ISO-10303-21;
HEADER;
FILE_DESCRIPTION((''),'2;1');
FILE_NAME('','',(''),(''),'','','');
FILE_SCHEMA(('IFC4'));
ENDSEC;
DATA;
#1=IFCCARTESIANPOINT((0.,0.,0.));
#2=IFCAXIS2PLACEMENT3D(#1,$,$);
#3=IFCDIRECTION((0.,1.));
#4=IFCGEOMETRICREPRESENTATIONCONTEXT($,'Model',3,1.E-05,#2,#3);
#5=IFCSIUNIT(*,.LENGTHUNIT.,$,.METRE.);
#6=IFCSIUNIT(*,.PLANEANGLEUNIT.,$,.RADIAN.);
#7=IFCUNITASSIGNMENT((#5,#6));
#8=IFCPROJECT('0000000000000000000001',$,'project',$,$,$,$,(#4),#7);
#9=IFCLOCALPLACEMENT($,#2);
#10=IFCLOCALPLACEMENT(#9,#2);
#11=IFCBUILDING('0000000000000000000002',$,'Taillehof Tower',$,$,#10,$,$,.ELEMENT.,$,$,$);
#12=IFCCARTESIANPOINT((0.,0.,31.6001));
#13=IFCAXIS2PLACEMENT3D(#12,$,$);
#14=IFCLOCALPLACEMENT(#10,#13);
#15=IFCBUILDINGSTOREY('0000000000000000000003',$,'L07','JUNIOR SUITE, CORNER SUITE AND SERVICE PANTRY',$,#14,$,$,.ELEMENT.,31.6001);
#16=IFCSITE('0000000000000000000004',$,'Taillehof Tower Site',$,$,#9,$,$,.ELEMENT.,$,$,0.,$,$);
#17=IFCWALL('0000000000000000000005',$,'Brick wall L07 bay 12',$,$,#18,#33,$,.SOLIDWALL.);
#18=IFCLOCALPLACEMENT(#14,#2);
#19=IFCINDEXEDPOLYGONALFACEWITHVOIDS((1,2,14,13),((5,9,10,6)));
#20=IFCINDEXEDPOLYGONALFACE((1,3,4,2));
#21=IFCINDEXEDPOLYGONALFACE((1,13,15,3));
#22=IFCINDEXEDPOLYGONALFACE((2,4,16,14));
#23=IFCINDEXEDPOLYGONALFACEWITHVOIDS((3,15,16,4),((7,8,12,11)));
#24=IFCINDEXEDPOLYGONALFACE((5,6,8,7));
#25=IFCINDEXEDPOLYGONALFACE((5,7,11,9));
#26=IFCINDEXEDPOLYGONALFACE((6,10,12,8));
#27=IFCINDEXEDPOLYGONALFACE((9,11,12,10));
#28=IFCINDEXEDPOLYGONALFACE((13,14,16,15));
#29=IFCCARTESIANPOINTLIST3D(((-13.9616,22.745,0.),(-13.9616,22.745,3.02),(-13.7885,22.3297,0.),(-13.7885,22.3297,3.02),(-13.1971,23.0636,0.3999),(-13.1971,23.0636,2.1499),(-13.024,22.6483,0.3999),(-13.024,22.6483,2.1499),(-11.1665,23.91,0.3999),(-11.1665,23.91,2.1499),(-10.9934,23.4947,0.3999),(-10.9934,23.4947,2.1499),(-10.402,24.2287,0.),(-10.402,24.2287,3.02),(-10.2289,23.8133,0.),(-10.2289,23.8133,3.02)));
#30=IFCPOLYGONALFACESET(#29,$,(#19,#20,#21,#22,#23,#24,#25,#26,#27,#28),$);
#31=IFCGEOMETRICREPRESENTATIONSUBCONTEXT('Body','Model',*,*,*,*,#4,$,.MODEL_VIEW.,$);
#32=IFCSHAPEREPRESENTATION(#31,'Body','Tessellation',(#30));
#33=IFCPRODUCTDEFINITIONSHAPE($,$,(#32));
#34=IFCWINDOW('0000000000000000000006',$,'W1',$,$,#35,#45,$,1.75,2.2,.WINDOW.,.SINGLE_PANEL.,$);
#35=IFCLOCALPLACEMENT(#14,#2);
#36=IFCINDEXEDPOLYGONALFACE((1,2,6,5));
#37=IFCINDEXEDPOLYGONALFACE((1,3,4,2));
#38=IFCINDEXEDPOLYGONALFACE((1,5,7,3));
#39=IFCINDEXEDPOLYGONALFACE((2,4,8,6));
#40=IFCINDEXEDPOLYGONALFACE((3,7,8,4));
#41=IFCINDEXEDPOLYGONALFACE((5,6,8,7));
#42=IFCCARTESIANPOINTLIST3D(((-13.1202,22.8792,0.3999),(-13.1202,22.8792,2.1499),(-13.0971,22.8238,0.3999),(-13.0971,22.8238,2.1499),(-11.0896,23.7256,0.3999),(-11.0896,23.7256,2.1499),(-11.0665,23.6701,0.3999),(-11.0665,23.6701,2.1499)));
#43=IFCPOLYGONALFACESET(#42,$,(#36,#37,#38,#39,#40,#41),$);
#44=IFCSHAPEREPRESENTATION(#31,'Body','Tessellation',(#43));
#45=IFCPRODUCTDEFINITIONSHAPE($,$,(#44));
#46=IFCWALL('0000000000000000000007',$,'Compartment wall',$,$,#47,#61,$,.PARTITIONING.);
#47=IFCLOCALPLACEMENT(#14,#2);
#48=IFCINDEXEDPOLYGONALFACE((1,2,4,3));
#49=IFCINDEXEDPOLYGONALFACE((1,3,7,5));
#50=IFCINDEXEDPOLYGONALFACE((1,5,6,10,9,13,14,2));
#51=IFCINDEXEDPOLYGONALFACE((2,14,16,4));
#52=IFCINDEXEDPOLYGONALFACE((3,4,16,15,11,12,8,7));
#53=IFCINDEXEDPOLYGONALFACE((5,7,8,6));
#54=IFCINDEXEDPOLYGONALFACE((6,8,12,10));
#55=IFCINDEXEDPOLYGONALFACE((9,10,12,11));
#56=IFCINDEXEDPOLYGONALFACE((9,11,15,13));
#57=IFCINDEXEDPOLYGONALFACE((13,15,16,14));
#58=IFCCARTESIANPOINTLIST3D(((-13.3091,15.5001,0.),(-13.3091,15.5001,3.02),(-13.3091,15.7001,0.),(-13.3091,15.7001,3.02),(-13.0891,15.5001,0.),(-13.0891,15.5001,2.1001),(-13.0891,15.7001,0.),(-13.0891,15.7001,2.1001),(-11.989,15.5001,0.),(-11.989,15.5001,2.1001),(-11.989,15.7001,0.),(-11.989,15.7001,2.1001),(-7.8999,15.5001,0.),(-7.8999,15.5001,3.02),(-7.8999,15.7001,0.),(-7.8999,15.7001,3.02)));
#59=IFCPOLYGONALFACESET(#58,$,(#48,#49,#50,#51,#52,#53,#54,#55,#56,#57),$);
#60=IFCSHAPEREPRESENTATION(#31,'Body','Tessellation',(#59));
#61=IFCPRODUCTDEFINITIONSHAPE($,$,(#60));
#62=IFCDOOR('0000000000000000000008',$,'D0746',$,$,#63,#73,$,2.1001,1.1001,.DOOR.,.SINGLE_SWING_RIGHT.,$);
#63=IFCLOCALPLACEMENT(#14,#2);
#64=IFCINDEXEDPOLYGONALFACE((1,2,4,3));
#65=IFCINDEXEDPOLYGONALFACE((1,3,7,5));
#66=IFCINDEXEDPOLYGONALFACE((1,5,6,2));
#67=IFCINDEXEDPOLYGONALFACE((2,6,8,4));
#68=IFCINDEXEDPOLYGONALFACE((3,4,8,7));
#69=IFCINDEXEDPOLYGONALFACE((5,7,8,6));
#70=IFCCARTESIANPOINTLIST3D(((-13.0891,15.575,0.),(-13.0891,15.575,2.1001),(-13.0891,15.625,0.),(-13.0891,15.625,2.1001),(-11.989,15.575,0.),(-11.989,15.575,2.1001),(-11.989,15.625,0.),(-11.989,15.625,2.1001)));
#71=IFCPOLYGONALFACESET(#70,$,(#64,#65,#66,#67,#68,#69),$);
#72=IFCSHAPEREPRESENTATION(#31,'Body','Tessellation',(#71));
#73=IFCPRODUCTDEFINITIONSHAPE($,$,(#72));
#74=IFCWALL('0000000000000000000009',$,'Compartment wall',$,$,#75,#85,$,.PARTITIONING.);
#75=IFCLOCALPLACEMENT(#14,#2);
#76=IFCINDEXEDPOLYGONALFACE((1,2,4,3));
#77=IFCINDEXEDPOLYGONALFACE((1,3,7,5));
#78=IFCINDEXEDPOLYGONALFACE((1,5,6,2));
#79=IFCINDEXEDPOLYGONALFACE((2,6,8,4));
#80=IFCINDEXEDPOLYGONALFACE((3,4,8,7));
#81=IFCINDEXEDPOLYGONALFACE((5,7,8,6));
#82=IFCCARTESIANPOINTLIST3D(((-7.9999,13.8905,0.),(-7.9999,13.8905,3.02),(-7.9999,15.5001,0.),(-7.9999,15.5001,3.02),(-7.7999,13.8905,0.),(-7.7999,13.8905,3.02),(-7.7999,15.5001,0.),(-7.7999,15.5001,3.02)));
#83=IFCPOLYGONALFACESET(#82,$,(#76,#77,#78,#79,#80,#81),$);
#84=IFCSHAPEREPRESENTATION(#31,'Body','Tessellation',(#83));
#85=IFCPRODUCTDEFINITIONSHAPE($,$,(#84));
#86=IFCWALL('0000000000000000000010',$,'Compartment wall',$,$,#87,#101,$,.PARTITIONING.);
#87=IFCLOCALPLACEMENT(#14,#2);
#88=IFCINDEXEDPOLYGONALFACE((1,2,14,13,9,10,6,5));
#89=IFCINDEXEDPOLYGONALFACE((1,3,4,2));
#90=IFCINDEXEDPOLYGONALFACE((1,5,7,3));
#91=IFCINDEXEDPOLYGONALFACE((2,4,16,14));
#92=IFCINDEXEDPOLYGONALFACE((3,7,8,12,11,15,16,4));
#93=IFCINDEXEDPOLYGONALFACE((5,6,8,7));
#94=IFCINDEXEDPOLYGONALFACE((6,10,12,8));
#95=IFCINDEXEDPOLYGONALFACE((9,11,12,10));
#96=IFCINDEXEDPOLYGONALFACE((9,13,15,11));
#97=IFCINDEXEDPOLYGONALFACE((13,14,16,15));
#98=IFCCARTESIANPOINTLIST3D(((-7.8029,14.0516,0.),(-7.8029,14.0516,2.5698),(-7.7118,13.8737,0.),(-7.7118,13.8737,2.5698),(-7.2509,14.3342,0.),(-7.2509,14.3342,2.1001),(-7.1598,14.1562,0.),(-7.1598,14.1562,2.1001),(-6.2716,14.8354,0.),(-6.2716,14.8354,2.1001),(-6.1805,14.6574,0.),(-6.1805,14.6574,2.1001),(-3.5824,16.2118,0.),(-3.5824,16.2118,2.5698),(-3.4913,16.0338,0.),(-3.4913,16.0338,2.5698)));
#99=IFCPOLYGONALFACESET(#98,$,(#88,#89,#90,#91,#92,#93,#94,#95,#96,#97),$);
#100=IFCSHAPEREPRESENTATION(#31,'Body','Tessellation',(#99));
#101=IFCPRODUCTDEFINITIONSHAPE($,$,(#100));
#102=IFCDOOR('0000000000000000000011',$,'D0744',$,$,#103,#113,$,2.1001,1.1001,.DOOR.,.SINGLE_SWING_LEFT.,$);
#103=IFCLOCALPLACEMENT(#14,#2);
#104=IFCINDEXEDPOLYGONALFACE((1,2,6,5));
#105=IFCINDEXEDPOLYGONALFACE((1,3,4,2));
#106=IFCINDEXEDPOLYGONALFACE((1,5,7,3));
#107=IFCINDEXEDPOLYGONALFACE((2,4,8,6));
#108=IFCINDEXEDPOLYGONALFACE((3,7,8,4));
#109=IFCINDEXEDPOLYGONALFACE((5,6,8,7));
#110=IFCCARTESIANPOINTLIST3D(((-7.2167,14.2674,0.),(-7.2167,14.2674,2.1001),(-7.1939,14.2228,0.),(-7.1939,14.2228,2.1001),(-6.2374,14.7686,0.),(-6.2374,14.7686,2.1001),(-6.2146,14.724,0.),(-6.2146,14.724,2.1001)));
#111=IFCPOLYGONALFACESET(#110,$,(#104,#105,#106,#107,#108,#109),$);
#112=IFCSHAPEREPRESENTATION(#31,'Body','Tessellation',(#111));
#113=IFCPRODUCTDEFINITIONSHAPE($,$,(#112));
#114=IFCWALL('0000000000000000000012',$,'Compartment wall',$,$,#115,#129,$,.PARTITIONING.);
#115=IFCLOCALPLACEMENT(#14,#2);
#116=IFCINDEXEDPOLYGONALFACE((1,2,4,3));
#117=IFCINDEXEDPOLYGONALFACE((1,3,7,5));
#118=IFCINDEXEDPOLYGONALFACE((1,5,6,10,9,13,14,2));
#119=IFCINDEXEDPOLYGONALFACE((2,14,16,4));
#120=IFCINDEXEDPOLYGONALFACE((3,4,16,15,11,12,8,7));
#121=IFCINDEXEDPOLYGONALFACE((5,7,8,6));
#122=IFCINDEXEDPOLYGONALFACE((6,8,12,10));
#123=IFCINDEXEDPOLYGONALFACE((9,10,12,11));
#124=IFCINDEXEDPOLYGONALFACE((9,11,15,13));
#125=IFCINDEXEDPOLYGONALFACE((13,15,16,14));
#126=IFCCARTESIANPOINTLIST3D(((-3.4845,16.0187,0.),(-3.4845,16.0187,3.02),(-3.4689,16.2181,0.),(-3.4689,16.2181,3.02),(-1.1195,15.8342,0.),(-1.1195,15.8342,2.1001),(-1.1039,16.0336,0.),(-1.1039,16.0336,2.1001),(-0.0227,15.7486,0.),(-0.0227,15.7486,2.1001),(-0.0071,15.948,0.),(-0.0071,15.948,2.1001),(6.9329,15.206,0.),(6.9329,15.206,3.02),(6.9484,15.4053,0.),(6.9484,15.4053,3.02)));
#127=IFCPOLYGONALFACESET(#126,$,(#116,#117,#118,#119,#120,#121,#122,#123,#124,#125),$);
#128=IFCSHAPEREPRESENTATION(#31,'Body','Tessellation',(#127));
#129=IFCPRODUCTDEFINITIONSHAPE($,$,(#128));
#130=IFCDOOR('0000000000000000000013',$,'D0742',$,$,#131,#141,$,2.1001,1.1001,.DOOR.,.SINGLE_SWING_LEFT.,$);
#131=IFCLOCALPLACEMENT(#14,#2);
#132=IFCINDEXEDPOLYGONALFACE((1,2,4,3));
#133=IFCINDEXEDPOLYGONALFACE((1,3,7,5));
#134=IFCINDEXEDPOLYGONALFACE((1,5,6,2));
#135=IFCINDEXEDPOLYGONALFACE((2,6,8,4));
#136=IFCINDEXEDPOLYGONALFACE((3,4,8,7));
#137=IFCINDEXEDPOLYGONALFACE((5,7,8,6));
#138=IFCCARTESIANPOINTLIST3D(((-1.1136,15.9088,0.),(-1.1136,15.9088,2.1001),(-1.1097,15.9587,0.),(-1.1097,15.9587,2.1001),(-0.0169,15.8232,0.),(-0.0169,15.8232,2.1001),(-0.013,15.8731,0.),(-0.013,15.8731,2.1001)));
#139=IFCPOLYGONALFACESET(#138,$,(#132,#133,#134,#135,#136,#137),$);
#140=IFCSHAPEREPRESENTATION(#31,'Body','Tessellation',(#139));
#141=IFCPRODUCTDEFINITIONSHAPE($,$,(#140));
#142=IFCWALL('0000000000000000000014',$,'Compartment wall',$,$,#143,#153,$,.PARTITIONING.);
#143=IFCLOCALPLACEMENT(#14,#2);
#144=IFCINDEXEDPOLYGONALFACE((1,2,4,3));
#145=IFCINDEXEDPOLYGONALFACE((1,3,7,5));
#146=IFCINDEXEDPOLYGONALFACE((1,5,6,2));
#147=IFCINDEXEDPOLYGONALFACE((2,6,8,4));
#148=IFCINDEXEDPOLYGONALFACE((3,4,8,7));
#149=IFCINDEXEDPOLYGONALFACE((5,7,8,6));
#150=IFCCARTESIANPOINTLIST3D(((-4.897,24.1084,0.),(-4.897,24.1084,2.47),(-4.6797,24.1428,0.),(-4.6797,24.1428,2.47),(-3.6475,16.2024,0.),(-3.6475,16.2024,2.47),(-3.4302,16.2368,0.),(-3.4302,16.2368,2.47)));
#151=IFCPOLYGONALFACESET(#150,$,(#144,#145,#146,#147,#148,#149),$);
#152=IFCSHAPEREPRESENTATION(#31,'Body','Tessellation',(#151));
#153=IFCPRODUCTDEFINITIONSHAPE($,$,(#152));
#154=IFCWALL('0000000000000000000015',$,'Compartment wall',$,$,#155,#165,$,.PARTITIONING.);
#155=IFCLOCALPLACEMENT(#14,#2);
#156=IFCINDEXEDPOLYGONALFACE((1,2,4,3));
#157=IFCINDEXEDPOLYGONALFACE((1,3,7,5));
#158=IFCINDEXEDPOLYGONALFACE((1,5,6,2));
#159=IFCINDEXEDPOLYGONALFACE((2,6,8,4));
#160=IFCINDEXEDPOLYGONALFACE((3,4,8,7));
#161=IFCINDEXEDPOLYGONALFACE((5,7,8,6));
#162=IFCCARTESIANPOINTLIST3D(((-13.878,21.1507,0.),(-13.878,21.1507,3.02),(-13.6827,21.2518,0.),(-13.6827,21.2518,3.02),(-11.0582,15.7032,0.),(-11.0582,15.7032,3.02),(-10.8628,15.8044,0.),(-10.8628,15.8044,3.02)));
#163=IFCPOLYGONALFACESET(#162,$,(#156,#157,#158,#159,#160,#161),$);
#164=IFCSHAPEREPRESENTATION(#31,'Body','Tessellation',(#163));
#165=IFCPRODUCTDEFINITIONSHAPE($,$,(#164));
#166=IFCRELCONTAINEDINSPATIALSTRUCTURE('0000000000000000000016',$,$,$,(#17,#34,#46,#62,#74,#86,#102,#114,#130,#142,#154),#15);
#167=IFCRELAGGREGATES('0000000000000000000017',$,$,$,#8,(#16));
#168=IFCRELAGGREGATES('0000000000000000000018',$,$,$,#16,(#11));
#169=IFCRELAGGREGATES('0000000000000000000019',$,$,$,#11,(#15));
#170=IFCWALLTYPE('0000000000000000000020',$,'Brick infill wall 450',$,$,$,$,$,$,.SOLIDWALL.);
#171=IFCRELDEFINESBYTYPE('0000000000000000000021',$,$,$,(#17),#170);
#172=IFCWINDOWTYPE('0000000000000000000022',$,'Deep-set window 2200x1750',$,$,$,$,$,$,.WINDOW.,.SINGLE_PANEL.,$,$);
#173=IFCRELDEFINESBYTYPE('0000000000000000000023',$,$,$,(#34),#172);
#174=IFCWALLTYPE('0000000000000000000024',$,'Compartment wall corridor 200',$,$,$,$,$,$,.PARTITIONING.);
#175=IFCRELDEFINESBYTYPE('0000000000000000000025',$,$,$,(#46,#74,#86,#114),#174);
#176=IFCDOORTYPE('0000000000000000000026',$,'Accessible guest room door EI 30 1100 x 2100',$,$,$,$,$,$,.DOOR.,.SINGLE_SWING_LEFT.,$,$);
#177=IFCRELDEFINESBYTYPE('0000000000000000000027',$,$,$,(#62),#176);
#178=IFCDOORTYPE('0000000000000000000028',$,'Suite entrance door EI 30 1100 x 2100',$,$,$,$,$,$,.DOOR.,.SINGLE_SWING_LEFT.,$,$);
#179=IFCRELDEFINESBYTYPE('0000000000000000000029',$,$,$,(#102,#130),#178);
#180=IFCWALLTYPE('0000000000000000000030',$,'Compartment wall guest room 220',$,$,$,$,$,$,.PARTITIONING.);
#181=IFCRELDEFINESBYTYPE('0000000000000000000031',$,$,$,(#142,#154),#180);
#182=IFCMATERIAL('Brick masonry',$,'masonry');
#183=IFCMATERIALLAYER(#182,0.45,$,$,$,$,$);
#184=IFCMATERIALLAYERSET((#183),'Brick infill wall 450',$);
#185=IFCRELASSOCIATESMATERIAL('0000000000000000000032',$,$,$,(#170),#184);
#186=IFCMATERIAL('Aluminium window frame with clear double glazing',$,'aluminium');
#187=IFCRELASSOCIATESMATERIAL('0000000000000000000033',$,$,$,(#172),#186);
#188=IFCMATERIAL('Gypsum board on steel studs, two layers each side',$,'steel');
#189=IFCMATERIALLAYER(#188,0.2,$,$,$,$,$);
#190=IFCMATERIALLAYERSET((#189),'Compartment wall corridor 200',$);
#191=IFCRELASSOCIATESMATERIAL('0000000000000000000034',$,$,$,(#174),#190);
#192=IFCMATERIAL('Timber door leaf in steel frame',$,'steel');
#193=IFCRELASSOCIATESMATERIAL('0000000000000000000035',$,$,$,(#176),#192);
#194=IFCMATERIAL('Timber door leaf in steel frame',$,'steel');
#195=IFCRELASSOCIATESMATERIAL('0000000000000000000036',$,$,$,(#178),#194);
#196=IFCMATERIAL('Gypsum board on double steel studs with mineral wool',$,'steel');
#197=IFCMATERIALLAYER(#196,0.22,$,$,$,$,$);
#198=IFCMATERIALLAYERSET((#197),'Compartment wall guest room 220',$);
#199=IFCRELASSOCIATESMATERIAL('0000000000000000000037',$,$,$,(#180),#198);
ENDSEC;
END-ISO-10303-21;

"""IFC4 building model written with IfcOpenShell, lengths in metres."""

from ifc_helpers import new_model, si_unit, direction, frame, frame_2d, origin, place, context, subcontext, project, spatial, rectangle, extrude, material, layer, layer_set, type_object, element, fill, save


model = new_model("IFC4")

# Units and contexts
model_context = context("Model", 3, precision=1e-05, world=origin(), true_north=direction((0.0, 1.0)))
body_context = subcontext(model_context, "Body", "Model", "MODEL_VIEW")
ifc_project = project(units=[si_unit("LENGTHUNIT", "METRE"), si_unit("PLANEANGLEUNIT", "RADIAN")], contexts=[model_context])

# Site, building, storey
site_placement = place(None, origin())
site = spatial("IfcSite", under=ifc_project, at=site_placement, Name="Taillehof Tower Site", CompositionType="ELEMENT", RefElevation=0.0)
building_placement = place(site_placement, origin())
building = spatial("IfcBuilding", under=site, at=building_placement, Name="Taillehof Tower", CompositionType="ELEMENT")
storey_placement = place(building_placement, frame((0.0, 0.0, 31.6001)))
storey = spatial("IfcBuildingStorey", under=building, at=storey_placement, Name="L07", Description="JUNIOR SUITE, CORNER SUITE AND SERVICE PANTRY", CompositionType="ELEMENT", Elevation=31.6001)

# Wall, opening, window
ifc_material_1 = material(Name="Brick masonry", Category="masonry")
ifc_layer_1 = layer(ifc_material_1, 0.45)
ifc_layer_set_1 = layer_set([ifc_layer_1], Name="Brick infill wall 450")
wall_type_1 = type_object("IfcWallType", Name="Brick infill wall 450", PredefinedType="SOLIDWALL", material=ifc_layer_set_1)
ifc_material_2 = material(Name="Aluminium window frame with clear double glazing", Category="aluminium")
window_type = type_object("IfcWindowType", Name="Deep-set window 2200x1750", PartitioningType="SINGLE_PANEL", PredefinedType="WINDOW", material=ifc_material_2)
wall_1_placement = place(storey_placement, frame((-10.3154, 24.021, 0.0), z_axis=(0.0, 0.0, 1.0), x_axis=(-0.923032, -0.384723, 0.0)))
wall_1 = element("IfcWall", 1, at=wall_1_placement, inside=storey, type_object=wall_type_1, Name="Brick wall L07 bay 12", PredefinedType="SOLIDWALL", context=body_context, shape_type="SweptSolid", body=[
    extrude(rectangle(XDim=3.8564, YDim=0.45, at=frame_2d((1.9282, 0.0))), origin(), (0.0, 0.0, 1.0), 3.02),
])
opening_1_placement = place(wall_1_placement, frame((0.8281, 0.0, 0.3999)))
opening_1 = element("IfcOpeningElement", 2, at=opening_1_placement, cuts=wall_1, PredefinedType="OPENING", context=body_context, shape_type="SweptSolid", body=[
    extrude(rectangle(XDim=2.2, YDim=1.75, at=frame_2d((1.1001, 0.875))), frame((0.0, 0.2349, 0.0), z_axis=(0.0, -1.0, 0.0), x_axis=(1.0, 0.0, 0.0)), (0.0, 0.0, 1.0), 0.47),
])
window_1_placement = place(opening_1_placement, origin())
window_1 = element("IfcWindow", 3, at=window_1_placement, inside=storey, type_object=window_type, Name="W1", OverallHeight=1.75, OverallWidth=2.2, PartitioningType="SINGLE_PANEL", PredefinedType="WINDOW", context=body_context, shape_type="SweptSolid", body=[
    extrude(rectangle(XDim=2.2, YDim=1.75, at=frame_2d((1.1001, 0.875))), frame((0.0, 0.0349, 0.0), z_axis=(0.0, -1.0, 0.0), x_axis=(1.0, 0.0, 0.0)), (0.0, 0.0, 1.0), 0.0601),
])
fill(opening_1, window_1)

# Wall, opening, door
ifc_material_3 = material(Name="Gypsum board on steel studs, two layers each side", Category="steel")
ifc_layer_2 = layer(ifc_material_3, 0.2)
ifc_layer_set_2 = layer_set([ifc_layer_2], Name="Compartment wall corridor 200")
wall_type_2 = type_object("IfcWallType", Name="Compartment wall corridor 200", PredefinedType="PARTITIONING", material=ifc_layer_set_2)
wall_2_placement = place(storey_placement, frame((-13.3091, 15.6001, 0.0), z_axis=(0.0, 0.0, 1.0), x_axis=(1.0, 0.0, 0.0)))
wall_2 = element("IfcWall", 4, at=wall_2_placement, inside=storey, type_object=wall_type_2, Name="Compartment wall", PredefinedType="PARTITIONING", context=body_context, shape_type="SweptSolid", body=[
    extrude(rectangle(XDim=5.4092, YDim=0.2, at=frame_2d((2.7046, 0.0))), origin(), (0.0, 0.0, 1.0), 3.02),
])
opening_2_placement = place(wall_2_placement, frame((0.22, 0.0, 0.0)))
opening_2 = element("IfcOpeningElement", 5, at=opening_2_placement, cuts=wall_2, PredefinedType="OPENING", context=body_context, shape_type="SweptSolid", body=[
    extrude(rectangle(XDim=1.1001, YDim=2.1001, at=frame_2d((0.55, 1.05))), frame((0.0, 0.1099, 0.0), z_axis=(0.0, -1.0, 0.0), x_axis=(1.0, 0.0, 0.0)), (0.0, 0.0, 1.0), 0.22),
])
ifc_material_4 = material(Name="Timber door leaf in steel frame", Category="steel")
door_type_1 = type_object("IfcDoorType", Name="Accessible guest room door EI 30 1100 x 2100", OperationType="SINGLE_SWING_LEFT", PredefinedType="DOOR", material=ifc_material_4)
door_1_placement = place(opening_2_placement, origin())
door_1 = element("IfcDoor", 6, at=door_1_placement, inside=storey, type_object=door_type_1, Name="D0746", OperationType="SINGLE_SWING_RIGHT", OverallHeight=2.1001, OverallWidth=1.1001, PredefinedType="DOOR", context=body_context, shape_type="SweptSolid", body=[
    extrude(rectangle(XDim=1.1001, YDim=2.1001, at=frame_2d((0.55, 1.05))), frame((0.0, 0.0249, 0.0), z_axis=(0.0, -1.0, 0.0), x_axis=(1.0, 0.0, 0.0)), (0.0, 0.0, 1.0), 0.05),
])
fill(opening_2, door_1)

# Wall
wall_3_placement = place(storey_placement, frame((-7.8999, 15.5, 0.0), z_axis=(0.0, 0.0, 1.0), x_axis=(0.0, -1.0, 0.0)))
element("IfcWall", 7, at=wall_3_placement, inside=storey, type_object=wall_type_2, Name="Compartment wall", PredefinedType="PARTITIONING", context=body_context, shape_type="SweptSolid", body=[
    extrude(rectangle(XDim=1.6096, YDim=0.2, at=frame_2d((0.8047, 0.0))), origin(), (0.0, 0.0, 1.0), 3.02),
])

# Walls, openings, doors
wall_4_placement = place(storey_placement, frame((-7.7573, 13.9626, 0.0), z_axis=(0.0, 0.0, 1.0), x_axis=(0.890175, 0.455618, 0.0)))
wall_4 = element("IfcWall", 8, at=wall_4_placement, inside=storey, type_object=wall_type_2, Name="Compartment wall", PredefinedType="PARTITIONING", context=body_context, shape_type="SweptSolid", body=[
    extrude(rectangle(XDim=4.7412, YDim=0.2, at=frame_2d((2.3706, 0.0))), origin(), (0.0, 0.0, 1.0), 2.5698),
])
opening_3_placement = place(wall_4_placement, frame((0.6201, 0.0, 0.0)))
opening_3 = element("IfcOpeningElement", 9, at=opening_3_placement, cuts=wall_4, PredefinedType="OPENING", context=body_context, shape_type="SweptSolid", body=[
    extrude(rectangle(XDim=1.1001, YDim=2.1001, at=frame_2d((0.55, 1.05))), frame((0.0, 0.1099, 0.0), z_axis=(0.0, -1.0, 0.0), x_axis=(1.0, 0.0, 0.0)), (0.0, 0.0, 1.0), 0.22),
])
ifc_material_5 = material(Name="Timber door leaf in steel frame", Category="steel")
door_type_2 = type_object("IfcDoorType", Name="Suite entrance door EI 30 1100 x 2100", OperationType="SINGLE_SWING_LEFT", PredefinedType="DOOR", material=ifc_material_5)
door_2_placement = place(opening_3_placement, origin())
door_2 = element("IfcDoor", 10, at=door_2_placement, inside=storey, type_object=door_type_2, Name="D0744", OperationType="SINGLE_SWING_LEFT", OverallHeight=2.1001, OverallWidth=1.1001, PredefinedType="DOOR", context=body_context, shape_type="SweptSolid", body=[
    extrude(rectangle(XDim=1.1001, YDim=2.1001, at=frame_2d((0.55, 1.05))), frame((0.0, 0.0249, 0.0), z_axis=(0.0, -1.0, 0.0), x_axis=(1.0, 0.0, 0.0)), (0.0, 0.0, 1.0), 0.05),
])
fill(opening_3, door_2)
wall_5_placement = place(storey_placement, frame((-3.4768, 16.1184, 0.0), z_axis=(0.0, 0.0, 1.0), x_axis=(0.99697, -0.077783, 0.0)))
wall_5 = element("IfcWall", 11, at=wall_5_placement, inside=storey, type_object=wall_type_2, Name="Compartment wall", PredefinedType="PARTITIONING", context=body_context, shape_type="SweptSolid", body=[
    extrude(rectangle(XDim=10.449, YDim=0.2, at=frame_2d((5.2246, 0.0))), origin(), (0.0, 0.0, 1.0), 3.02),
])
opening_4_placement = place(wall_5_placement, frame((2.3723, 0.0, 0.0)))
opening_4 = element("IfcOpeningElement", 12, at=opening_4_placement, cuts=wall_5, PredefinedType="OPENING", context=body_context, shape_type="SweptSolid", body=[
    extrude(rectangle(XDim=1.1001, YDim=2.1001, at=frame_2d((0.55, 1.05))), frame((0.0, 0.1099, 0.0), z_axis=(0.0, -1.0, 0.0), x_axis=(1.0, 0.0, 0.0)), (0.0, 0.0, 1.0), 0.22),
])
door_3_placement = place(opening_4_placement, origin())
door_3 = element("IfcDoor", 13, at=door_3_placement, inside=storey, type_object=door_type_2, Name="D0742", OperationType="SINGLE_SWING_LEFT", OverallHeight=2.1001, OverallWidth=1.1001, PredefinedType="DOOR", context=body_context, shape_type="SweptSolid", body=[
    extrude(rectangle(XDim=1.1001, YDim=2.1001, at=frame_2d((0.55, 1.05))), frame((0.0, 0.0249, 0.0), z_axis=(0.0, -1.0, 0.0), x_axis=(1.0, 0.0, 0.0)), (0.0, 0.0, 1.0), 0.05),
])
fill(opening_4, door_3)

# Walls
ifc_material_6 = material(Name="Gypsum board on double steel studs with mineral wool", Category="steel")
ifc_layer_3 = layer(ifc_material_6, 0.22)
ifc_layer_set_3 = layer_set([ifc_layer_3], Name="Compartment wall guest room 220")
wall_type_3 = type_object("IfcWallType", Name="Compartment wall guest room 220", PredefinedType="PARTITIONING", material=ifc_layer_set_3)
wall_6_placement = place(storey_placement, frame((-4.7883, 24.1255, 0.0), z_axis=(0.0, 0.0, 1.0), x_axis=(0.156108, -0.98774, 0.0)))
element("IfcWall", 14, at=wall_6_placement, inside=storey, type_object=wall_type_3, Name="Compartment wall", PredefinedType="PARTITIONING", context=body_context, shape_type="SweptSolid", body=[
    extrude(rectangle(XDim=8.0042, YDim=0.22, at=frame_2d((4.002, 0.0))), origin(), (0.0, 0.0, 1.0), 2.47),
])
wall_7_placement = place(storey_placement, frame((-13.7803, 21.2012, 0.0), z_axis=(0.0, 0.0, 1.0), x_axis=(0.459699, -0.888075, 0.0)))
element("IfcWall", 15, at=wall_7_placement, inside=storey, type_object=wall_type_3, Name="Compartment wall", PredefinedType="PARTITIONING", context=body_context, shape_type="SweptSolid", body=[
    extrude(rectangle(XDim=6.134, YDim=0.22, at=frame_2d((3.0669, 0.0))), origin(), (0.0, 0.0, 1.0), 3.02),
])

save(model, "model.ifc")
